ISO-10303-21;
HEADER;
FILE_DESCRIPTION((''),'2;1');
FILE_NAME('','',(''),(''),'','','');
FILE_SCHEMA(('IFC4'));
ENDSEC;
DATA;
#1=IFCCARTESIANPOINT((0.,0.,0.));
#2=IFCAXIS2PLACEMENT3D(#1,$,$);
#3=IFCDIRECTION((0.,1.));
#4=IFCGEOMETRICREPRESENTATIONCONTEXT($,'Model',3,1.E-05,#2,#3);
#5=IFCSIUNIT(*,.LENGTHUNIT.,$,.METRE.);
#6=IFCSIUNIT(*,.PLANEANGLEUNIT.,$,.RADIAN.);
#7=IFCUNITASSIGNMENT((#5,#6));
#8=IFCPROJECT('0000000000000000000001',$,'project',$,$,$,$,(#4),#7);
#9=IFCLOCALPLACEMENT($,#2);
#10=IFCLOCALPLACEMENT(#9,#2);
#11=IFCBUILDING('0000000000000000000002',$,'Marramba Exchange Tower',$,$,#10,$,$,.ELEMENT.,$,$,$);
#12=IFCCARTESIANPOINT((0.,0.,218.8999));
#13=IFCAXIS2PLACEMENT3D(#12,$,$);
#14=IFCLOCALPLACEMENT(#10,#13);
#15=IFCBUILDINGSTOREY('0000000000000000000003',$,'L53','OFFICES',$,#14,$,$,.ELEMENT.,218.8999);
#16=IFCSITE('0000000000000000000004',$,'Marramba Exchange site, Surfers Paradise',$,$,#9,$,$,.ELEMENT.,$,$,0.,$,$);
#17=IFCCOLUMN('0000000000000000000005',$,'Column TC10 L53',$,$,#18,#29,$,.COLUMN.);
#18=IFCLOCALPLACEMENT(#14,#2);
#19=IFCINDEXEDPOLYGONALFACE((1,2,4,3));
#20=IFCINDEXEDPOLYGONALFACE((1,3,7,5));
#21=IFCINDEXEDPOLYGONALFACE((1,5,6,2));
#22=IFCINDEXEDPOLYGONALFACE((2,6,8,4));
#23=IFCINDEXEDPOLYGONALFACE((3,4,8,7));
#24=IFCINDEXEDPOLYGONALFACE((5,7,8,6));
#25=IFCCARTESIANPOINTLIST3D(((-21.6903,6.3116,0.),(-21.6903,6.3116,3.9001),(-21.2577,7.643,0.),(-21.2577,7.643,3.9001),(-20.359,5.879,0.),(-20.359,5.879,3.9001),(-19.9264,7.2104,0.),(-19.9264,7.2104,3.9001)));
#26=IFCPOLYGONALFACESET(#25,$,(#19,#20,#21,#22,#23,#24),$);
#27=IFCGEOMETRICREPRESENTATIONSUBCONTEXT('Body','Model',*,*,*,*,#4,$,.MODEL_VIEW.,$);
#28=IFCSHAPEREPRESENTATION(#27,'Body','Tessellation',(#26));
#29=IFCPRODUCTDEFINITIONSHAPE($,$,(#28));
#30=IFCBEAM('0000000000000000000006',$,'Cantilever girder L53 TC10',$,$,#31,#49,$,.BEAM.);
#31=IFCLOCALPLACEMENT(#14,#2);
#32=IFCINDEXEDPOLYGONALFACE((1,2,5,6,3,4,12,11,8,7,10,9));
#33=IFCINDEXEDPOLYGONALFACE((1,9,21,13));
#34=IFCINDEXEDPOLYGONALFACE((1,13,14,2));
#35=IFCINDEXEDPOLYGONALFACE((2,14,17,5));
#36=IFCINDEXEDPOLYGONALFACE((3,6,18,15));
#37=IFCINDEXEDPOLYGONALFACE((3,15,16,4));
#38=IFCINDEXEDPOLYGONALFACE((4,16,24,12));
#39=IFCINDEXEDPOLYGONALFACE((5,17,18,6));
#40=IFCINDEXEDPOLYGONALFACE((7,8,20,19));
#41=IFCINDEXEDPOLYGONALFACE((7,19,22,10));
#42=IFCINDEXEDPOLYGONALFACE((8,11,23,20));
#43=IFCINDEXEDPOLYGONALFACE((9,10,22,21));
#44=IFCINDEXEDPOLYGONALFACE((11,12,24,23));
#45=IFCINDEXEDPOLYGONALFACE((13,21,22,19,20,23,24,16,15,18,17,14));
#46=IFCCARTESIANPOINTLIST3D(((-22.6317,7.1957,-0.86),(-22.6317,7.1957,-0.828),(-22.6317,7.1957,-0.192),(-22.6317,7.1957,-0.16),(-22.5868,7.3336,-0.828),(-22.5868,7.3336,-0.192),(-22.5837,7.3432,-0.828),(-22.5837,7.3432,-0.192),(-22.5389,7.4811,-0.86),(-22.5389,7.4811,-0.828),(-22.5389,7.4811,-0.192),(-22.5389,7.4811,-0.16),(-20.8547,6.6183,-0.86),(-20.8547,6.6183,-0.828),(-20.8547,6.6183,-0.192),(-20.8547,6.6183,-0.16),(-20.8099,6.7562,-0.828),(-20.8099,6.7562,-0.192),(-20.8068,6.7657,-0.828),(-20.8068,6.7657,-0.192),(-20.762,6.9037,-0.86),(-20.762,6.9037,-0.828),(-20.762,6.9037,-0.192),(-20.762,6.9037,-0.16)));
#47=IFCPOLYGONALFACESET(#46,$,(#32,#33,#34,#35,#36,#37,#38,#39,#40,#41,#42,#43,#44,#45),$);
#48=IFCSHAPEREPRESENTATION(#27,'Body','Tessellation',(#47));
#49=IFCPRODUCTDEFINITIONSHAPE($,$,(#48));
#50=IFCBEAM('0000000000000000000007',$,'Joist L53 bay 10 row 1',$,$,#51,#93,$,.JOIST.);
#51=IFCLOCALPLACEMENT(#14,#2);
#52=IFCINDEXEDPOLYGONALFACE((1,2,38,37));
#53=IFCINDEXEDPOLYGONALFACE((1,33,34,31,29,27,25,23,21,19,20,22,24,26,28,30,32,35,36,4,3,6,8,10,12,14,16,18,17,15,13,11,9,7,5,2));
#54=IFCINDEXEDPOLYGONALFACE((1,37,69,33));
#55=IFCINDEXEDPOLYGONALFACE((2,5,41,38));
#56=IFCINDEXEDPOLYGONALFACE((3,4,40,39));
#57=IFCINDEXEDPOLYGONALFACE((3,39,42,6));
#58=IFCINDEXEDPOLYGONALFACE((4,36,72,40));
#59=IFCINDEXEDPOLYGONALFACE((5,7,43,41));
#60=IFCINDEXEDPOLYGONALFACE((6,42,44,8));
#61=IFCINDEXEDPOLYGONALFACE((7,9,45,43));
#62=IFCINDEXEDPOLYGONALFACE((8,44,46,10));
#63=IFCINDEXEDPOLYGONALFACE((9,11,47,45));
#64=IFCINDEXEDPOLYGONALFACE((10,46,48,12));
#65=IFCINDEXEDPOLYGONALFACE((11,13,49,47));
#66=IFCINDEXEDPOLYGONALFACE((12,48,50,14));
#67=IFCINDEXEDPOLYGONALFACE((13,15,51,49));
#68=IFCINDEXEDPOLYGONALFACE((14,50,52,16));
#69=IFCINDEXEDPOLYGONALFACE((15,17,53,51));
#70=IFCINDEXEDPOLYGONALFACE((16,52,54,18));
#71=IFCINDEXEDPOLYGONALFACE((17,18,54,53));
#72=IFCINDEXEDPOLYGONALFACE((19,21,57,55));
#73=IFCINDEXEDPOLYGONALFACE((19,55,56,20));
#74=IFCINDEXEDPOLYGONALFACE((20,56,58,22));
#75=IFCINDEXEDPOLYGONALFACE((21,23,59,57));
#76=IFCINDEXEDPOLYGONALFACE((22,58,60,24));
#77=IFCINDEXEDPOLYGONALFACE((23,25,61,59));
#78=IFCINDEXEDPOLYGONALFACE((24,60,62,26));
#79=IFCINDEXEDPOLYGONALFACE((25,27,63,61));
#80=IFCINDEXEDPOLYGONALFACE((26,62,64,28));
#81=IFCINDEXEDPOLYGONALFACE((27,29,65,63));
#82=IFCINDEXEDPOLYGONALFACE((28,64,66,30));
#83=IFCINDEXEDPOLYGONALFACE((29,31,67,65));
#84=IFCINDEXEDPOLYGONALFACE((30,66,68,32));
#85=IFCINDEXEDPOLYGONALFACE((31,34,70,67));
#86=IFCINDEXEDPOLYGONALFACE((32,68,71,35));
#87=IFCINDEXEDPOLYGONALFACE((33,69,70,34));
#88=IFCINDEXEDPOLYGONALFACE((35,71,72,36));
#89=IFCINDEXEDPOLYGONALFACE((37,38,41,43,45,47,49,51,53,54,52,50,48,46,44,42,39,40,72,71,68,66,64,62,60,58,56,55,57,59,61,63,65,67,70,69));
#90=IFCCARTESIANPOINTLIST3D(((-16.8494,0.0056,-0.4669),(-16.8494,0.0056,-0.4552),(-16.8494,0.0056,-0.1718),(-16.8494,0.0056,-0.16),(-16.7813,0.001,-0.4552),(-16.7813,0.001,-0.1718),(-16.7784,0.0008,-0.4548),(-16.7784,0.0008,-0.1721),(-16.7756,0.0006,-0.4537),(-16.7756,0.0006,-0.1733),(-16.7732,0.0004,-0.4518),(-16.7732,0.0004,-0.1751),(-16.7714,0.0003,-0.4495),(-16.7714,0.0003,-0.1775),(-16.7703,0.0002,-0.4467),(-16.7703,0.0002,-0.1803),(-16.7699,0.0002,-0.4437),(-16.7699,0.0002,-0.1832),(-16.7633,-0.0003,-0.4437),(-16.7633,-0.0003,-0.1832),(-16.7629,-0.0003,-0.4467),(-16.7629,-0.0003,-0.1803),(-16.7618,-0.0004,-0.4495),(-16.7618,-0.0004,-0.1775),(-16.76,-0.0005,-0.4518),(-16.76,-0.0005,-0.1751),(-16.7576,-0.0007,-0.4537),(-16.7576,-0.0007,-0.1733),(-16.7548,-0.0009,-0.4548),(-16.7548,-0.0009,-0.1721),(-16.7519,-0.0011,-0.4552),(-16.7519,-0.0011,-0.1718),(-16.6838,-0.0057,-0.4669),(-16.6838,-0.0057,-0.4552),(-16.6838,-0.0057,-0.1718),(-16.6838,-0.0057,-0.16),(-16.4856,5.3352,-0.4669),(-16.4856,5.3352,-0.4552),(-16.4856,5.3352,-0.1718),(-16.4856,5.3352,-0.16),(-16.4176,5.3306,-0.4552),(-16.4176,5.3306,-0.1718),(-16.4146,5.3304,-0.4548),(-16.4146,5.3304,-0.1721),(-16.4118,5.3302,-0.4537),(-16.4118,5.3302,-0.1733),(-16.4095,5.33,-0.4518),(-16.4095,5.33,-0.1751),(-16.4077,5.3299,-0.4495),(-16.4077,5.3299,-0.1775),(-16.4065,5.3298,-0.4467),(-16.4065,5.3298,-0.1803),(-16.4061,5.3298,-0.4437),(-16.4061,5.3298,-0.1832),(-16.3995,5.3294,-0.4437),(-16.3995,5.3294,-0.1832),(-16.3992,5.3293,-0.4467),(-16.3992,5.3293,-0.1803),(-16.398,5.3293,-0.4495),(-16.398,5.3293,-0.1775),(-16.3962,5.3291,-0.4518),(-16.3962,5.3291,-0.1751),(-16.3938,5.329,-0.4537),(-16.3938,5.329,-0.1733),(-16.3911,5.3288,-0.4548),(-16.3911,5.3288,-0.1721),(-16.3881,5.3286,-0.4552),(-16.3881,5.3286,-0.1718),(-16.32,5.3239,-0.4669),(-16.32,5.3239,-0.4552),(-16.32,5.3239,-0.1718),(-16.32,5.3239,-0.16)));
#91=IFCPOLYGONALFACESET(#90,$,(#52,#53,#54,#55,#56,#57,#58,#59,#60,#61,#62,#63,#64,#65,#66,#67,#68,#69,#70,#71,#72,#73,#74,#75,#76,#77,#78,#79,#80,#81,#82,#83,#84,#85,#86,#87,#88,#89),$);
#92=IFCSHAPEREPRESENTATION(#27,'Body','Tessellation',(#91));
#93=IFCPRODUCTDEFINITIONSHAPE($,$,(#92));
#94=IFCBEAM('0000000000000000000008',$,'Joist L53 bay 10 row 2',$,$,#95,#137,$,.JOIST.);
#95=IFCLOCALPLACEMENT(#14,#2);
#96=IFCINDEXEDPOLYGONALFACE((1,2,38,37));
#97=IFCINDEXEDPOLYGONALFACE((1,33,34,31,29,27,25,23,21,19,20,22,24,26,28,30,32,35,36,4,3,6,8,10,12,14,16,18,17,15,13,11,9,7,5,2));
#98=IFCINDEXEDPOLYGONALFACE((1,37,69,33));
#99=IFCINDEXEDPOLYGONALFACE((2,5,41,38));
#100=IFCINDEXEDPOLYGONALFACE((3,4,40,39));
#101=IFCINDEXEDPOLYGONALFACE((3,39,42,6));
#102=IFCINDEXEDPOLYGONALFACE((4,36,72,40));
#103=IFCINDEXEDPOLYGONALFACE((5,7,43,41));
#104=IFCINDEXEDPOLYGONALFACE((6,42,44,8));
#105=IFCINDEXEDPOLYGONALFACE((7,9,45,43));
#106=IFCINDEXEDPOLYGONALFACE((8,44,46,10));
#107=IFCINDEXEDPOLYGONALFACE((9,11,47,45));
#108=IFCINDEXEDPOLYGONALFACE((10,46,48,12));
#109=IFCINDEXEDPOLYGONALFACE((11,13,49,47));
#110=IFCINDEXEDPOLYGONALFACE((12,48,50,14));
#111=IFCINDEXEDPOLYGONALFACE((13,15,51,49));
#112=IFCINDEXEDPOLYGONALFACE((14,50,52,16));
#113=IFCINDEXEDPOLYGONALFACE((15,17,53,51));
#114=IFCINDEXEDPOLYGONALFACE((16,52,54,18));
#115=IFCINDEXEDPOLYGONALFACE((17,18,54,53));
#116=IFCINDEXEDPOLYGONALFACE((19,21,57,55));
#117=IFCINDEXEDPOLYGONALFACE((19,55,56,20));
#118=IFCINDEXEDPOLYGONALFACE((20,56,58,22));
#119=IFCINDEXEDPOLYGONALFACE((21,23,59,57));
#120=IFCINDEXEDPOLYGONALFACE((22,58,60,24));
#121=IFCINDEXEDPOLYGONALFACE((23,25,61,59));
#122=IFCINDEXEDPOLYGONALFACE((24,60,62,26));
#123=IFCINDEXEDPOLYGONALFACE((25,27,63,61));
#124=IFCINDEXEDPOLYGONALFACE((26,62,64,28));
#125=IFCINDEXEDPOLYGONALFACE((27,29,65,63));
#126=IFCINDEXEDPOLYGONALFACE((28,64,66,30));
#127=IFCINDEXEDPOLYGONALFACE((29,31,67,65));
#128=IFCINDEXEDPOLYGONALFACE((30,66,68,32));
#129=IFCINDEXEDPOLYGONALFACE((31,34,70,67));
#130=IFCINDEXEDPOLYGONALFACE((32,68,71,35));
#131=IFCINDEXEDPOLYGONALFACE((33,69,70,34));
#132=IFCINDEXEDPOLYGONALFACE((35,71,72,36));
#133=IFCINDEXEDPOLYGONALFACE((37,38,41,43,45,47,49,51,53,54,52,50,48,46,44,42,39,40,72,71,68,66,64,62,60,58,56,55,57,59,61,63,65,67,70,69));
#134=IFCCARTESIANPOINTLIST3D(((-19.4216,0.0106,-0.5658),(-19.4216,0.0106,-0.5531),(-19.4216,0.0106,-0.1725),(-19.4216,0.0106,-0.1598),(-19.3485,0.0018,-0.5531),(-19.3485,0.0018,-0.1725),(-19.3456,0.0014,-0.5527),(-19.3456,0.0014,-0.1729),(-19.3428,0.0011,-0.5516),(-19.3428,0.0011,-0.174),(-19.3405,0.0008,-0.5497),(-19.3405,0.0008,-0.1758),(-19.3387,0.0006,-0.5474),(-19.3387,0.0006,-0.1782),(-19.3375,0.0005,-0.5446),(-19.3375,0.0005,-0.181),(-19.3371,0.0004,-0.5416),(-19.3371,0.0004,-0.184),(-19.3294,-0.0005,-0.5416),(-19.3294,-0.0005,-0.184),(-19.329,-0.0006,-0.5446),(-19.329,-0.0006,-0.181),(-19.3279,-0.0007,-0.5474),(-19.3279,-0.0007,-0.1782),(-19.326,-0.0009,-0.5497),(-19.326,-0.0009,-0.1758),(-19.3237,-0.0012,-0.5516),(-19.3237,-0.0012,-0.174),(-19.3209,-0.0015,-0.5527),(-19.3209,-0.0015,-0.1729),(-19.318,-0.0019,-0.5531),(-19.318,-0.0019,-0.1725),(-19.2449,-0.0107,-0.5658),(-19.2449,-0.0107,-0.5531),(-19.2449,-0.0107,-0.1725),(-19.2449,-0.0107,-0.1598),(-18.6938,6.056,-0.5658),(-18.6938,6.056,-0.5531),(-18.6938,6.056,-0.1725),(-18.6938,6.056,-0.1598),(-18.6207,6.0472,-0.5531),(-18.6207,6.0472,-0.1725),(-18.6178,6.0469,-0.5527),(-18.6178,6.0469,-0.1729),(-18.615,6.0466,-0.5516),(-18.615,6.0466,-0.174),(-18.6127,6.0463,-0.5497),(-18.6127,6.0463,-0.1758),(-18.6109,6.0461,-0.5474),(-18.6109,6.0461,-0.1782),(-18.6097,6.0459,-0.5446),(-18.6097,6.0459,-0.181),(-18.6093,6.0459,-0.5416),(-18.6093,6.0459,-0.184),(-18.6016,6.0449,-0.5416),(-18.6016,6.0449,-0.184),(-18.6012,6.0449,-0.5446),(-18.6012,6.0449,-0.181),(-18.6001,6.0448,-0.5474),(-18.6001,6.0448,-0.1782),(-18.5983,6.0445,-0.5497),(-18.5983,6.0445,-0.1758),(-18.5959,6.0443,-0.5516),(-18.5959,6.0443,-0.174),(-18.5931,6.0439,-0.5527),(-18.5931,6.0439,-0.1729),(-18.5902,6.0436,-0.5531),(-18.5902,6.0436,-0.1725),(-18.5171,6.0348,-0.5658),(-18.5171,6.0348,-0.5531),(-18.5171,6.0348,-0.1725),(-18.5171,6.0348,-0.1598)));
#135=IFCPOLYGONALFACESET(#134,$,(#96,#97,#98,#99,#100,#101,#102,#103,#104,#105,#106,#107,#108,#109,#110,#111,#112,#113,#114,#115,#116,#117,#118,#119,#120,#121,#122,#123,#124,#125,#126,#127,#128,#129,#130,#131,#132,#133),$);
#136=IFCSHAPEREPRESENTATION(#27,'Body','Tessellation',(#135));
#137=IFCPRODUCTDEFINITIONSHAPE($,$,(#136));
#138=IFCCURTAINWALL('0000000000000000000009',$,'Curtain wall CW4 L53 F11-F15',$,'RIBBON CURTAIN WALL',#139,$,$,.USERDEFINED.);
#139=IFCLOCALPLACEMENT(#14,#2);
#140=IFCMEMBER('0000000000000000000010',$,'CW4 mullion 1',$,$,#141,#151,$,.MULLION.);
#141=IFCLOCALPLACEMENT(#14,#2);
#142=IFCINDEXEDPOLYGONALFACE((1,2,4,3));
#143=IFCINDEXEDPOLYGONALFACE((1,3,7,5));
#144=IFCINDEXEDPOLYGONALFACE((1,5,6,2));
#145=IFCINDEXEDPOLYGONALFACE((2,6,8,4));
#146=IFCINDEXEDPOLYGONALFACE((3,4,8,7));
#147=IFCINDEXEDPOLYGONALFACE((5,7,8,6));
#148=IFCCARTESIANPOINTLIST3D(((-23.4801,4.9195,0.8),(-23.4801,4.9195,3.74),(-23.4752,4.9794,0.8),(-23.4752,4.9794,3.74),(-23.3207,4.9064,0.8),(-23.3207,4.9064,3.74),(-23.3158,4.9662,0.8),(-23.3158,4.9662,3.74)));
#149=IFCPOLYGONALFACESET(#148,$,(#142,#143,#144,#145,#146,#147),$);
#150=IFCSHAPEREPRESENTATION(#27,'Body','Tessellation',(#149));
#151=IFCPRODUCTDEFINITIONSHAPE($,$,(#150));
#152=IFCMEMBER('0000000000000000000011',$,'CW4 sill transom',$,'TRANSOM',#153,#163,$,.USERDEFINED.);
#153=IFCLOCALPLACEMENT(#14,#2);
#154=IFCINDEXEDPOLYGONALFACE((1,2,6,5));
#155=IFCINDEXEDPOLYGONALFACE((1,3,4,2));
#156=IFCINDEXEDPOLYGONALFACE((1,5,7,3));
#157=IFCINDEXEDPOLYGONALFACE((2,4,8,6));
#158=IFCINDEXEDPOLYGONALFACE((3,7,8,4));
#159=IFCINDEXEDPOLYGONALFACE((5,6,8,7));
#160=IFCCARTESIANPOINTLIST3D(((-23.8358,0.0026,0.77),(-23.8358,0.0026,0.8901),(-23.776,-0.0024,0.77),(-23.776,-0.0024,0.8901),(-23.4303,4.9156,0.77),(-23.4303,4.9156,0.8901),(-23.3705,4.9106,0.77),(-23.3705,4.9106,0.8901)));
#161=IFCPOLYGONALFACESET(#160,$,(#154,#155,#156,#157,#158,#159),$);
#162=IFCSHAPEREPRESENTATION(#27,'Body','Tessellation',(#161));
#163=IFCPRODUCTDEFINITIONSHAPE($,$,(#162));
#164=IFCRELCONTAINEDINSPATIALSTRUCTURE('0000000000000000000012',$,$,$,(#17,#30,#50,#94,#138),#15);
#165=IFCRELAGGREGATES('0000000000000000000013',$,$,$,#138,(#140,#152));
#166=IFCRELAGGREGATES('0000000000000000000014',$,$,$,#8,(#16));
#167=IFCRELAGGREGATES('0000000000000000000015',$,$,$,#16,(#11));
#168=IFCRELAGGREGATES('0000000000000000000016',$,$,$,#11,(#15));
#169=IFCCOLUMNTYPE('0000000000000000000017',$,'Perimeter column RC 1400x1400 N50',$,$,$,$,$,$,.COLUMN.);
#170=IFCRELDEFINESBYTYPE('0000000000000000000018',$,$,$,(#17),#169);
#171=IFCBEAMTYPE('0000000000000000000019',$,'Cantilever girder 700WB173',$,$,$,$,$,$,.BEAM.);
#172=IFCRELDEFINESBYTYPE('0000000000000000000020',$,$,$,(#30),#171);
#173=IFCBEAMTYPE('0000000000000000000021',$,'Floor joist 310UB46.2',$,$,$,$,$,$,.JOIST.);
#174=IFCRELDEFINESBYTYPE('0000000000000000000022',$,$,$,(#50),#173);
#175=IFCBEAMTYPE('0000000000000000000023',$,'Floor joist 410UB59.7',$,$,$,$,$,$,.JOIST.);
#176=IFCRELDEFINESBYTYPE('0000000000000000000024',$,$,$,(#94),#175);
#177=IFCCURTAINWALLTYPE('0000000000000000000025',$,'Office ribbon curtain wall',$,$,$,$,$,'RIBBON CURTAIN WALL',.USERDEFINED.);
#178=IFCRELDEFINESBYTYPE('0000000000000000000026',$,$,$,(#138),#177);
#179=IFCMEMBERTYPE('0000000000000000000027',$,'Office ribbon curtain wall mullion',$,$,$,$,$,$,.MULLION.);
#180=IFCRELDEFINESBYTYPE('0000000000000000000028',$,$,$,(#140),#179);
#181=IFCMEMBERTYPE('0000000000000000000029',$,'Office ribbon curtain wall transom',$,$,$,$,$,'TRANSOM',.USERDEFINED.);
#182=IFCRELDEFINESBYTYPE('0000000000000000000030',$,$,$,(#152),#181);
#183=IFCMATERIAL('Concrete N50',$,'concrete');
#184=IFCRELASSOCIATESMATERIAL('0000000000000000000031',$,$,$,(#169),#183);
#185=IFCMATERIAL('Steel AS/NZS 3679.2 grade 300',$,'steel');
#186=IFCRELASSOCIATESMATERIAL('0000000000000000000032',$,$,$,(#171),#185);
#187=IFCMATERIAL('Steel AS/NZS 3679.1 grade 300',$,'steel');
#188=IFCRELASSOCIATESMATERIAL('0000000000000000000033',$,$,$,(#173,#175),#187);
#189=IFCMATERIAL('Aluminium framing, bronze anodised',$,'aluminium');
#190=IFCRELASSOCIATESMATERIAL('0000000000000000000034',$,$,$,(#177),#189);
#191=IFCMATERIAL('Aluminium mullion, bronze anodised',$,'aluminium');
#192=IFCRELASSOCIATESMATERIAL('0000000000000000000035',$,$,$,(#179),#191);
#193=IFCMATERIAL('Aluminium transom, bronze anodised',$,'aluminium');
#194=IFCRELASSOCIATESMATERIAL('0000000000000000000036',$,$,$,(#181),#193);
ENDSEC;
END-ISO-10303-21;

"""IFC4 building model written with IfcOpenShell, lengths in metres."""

from ifc_helpers import new_model, si_unit, direction, frame, origin, origin_2d, place, context, subcontext, project, spatial, rectangle, i_section, extrude, material, material_profile, profile_set, type_object, element, aggregate, save


model = new_model("IFC4")

# Units and contexts
model_context = context("Model", 3, precision=1e-05, world=origin(), true_north=direction((0.0, 1.0)))
body_context = subcontext(model_context, "Body", "Model", "MODEL_VIEW")
ifc_project = project(units=[si_unit("LENGTHUNIT", "METRE"), si_unit("PLANEANGLEUNIT", "RADIAN")], contexts=[model_context])

# Site, building, storey
site_placement = place(None, origin())
site = spatial("IfcSite", under=ifc_project, at=site_placement, Name="Marramba Exchange site, Surfers Paradise", CompositionType="ELEMENT", RefElevation=0.0)
building_placement = place(site_placement, origin())
building = spatial("IfcBuilding", under=site, at=building_placement, Name="Marramba Exchange Tower", CompositionType="ELEMENT")
storey_placement = place(building_placement, frame((0.0, 0.0, 218.8999)))
storey = spatial("IfcBuildingStorey", under=building, at=storey_placement, Name="L53", Description="OFFICES", CompositionType="ELEMENT", Elevation=218.8999)

# Column
ifc_material_1 = material(Name="Concrete N50", Category="concrete")
ifc_material_profile_1 = material_profile(ifc_material_1, rectangle(XDim=1.3999, YDim=1.3999, at=origin_2d()), Name="RC 1400x1400")
ifc_profile_set_1 = profile_set([ifc_material_profile_1], Name="Concrete N50")
column_type = type_object("IfcColumnType", Name="Perimeter column RC 1400x1400 N50", PredefinedType="COLUMN", material=ifc_profile_set_1)
column_placement = place(storey_placement, frame((-20.8083, 6.761, 0.0), z_axis=(0.0, 0.0, 1.0), x_axis=(-0.951057, 0.309017, 0.0)))
element("IfcColumn", 1, at=column_placement, inside=storey, type_object=column_type, Name="Column TC10 L53", PredefinedType="COLUMN", context=body_context, shape_type="SweptSolid", body=[
    extrude(rectangle(XDim=1.3999, YDim=1.3999, at=origin_2d()), origin(), (0.0, 0.0, 1.0), 3.9001),
])

# Beams
ifc_material_2 = material(Name="Steel AS/NZS 3679.2 grade 300", Category="steel")
ifc_material_profile_2 = material_profile(ifc_material_2, i_section(OverallWidth=0.3, OverallDepth=0.7, WebThickness=0.01, FlangeThickness=0.032, at=origin_2d()), Name="700WB173")
ifc_profile_set_2 = profile_set([ifc_material_profile_2], Name="Steel AS/NZS 3679.2 grade 300")
beam_type_1 = type_object("IfcBeamType", Name="Cantilever girder 700WB173", PredefinedType="BEAM", material=ifc_profile_set_2)
beam_1_placement = place(storey_placement, frame((-20.8083, 6.761, -0.51), z_axis=(-0.951048, 0.309045, 0.0), x_axis=(-0.309045, -0.951048, 0.0)))
element("IfcBeam", 2, at=beam_1_placement, inside=storey, type_object=beam_type_1, Name="Cantilever girder L53 TC10", PredefinedType="BEAM", context=body_context, shape_type="SweptSolid", body=[
    extrude(i_section(OverallWidth=0.3, OverallDepth=0.7, WebThickness=0.01, FlangeThickness=0.032, at=origin_2d()), origin(), (0.0, 0.0, 1.0), 1.8684),
])
ifc_material_3 = material(Name="Steel AS/NZS 3679.1 grade 300", Category="steel")
ifc_material_profile_3 = material_profile(ifc_material_3, i_section(OverallWidth=0.166, OverallDepth=0.3069, WebThickness=0.0066, FlangeThickness=0.0117, FilletRadius=0.0115, at=origin_2d()), Name="310UB46.2")
ifc_profile_set_3 = profile_set([ifc_material_profile_3], Name="Steel AS/NZS 3679.1 grade 300")
beam_type_2 = type_object("IfcBeamType", Name="Floor joist 310UB46.2", PredefinedType="JOIST", material=ifc_profile_set_3)
beam_2_placement = place(storey_placement, frame((-16.4028, 5.3296, -0.3135), z_axis=(-0.068096, -0.997679, 0.0), x_axis=(0.997679, -0.068096, 0.0)))
element("IfcBeam", 3, at=beam_2_placement, inside=storey, type_object=beam_type_2, Name="Joist L53 bay 10 row 1", PredefinedType="JOIST", context=body_context, shape_type="SweptSolid", body=[
    extrude(i_section(OverallWidth=0.166, OverallDepth=0.3069, WebThickness=0.0066, FlangeThickness=0.0117, FilletRadius=0.0115, at=origin_2d()), origin(), (0.0, 0.0, 1.0), 5.342),
])
ifc_material_profile_4 = material_profile(ifc_material_3, i_section(OverallWidth=0.178, OverallDepth=0.406, WebThickness=0.0078, FlangeThickness=0.0127, FilletRadius=0.0115, at=origin_2d()), Name="410UB59.7")
ifc_profile_set_4 = profile_set([ifc_material_profile_4], Name="Steel AS/NZS 3679.1 grade 300")
beam_type_3 = type_object("IfcBeamType", Name="Floor joist 410UB59.7", PredefinedType="JOIST", material=ifc_profile_set_4)
beam_3_placement = place(storey_placement, frame((-18.6055, 6.0454, -0.3628), z_axis=(-0.119523, -0.992831, 0.0), x_axis=(0.992831, -0.119523, 0.0)))
element("IfcBeam", 4, at=beam_3_placement, inside=storey, type_object=beam_type_3, Name="Joist L53 bay 10 row 2", PredefinedType="JOIST", context=body_context, shape_type="SweptSolid", body=[
    extrude(i_section(OverallWidth=0.178, OverallDepth=0.406, WebThickness=0.0078, FlangeThickness=0.0127, FilletRadius=0.0115, at=origin_2d()), origin(), (0.0, 0.0, 1.0), 6.0891),
])

# Curtain wall, members
ifc_material_4 = material(Name="Aluminium framing, bronze anodised", Category="aluminium")
curtain_wall_type = type_object("IfcCurtainWallType", Name="Office ribbon curtain wall", ElementType="RIBBON CURTAIN WALL", PredefinedType="USERDEFINED", material=ifc_material_4)
curtain_wall_placement = place(storey_placement, origin())
curtain_wall = element("IfcCurtainWall", 5, at=curtain_wall_placement, inside=storey, type_object=curtain_wall_type, Name="Curtain wall CW4 L53 F11-F15", ObjectType="RIBBON CURTAIN WALL", PredefinedType="USERDEFINED")
ifc_material_5 = material(Name="Aluminium mullion, bronze anodised", Category="aluminium")
ifc_material_profile_5 = material_profile(ifc_material_5, rectangle(XDim=0.1599, YDim=0.0601, at=origin_2d()), Name="CW4 mullion 60x160")
ifc_profile_set_5 = profile_set([ifc_material_profile_5], Name="Aluminium mullion, bronze anodised")
member_type_1 = type_object("IfcMemberType", Name="Office ribbon curtain wall mullion", PredefinedType="MULLION", material=ifc_profile_set_5)
member_1_placement = place(storey_placement, frame((-23.3979, 4.9429, 0.8), z_axis=(0.0, 0.0, 1.0), x_axis=(0.996609, -0.082281, 0.0)))
member_1 = element("IfcMember", 6, at=member_1_placement, type_object=member_type_1, Name="CW4 mullion 1", PredefinedType="MULLION", context=body_context, shape_type="SweptSolid", body=[
    extrude(rectangle(XDim=0.1599, YDim=0.0601, at=origin_2d()), origin(), (0.0, 0.0, 1.0), 2.9399),
])
ifc_material_6 = material(Name="Aluminium transom, bronze anodised", Category="aluminium")
ifc_material_profile_6 = material_profile(ifc_material_6, rectangle(XDim=0.0601, YDim=0.1201, at=origin_2d()), Name="CW4 transom 60x120")
ifc_profile_set_6 = profile_set([ifc_material_profile_6], Name="Aluminium transom, bronze anodised")
member_type_2 = type_object("IfcMemberType", Name="Office ribbon curtain wall transom", ElementType="TRANSOM", PredefinedType="USERDEFINED", material=ifc_profile_set_6)
member_2_placement = place(storey_placement, frame((-23.4004, 4.9131, 0.8301), z_axis=(-0.082259, -0.996611, 0.0), x_axis=(0.996611, -0.082259, 0.0)))
member_2 = element("IfcMember", 7, at=member_2_placement, type_object=member_type_2, Name="CW4 sill transom", ObjectType="TRANSOM", PredefinedType="USERDEFINED", context=body_context, shape_type="SweptSolid", body=[
    extrude(rectangle(XDim=0.0601, YDim=0.1201, at=origin_2d()), origin(), (0.0, 0.0, 1.0), 4.9297),
])

aggregate(curtain_wall, [member_1, member_2])

save(model, "model.ifc")
